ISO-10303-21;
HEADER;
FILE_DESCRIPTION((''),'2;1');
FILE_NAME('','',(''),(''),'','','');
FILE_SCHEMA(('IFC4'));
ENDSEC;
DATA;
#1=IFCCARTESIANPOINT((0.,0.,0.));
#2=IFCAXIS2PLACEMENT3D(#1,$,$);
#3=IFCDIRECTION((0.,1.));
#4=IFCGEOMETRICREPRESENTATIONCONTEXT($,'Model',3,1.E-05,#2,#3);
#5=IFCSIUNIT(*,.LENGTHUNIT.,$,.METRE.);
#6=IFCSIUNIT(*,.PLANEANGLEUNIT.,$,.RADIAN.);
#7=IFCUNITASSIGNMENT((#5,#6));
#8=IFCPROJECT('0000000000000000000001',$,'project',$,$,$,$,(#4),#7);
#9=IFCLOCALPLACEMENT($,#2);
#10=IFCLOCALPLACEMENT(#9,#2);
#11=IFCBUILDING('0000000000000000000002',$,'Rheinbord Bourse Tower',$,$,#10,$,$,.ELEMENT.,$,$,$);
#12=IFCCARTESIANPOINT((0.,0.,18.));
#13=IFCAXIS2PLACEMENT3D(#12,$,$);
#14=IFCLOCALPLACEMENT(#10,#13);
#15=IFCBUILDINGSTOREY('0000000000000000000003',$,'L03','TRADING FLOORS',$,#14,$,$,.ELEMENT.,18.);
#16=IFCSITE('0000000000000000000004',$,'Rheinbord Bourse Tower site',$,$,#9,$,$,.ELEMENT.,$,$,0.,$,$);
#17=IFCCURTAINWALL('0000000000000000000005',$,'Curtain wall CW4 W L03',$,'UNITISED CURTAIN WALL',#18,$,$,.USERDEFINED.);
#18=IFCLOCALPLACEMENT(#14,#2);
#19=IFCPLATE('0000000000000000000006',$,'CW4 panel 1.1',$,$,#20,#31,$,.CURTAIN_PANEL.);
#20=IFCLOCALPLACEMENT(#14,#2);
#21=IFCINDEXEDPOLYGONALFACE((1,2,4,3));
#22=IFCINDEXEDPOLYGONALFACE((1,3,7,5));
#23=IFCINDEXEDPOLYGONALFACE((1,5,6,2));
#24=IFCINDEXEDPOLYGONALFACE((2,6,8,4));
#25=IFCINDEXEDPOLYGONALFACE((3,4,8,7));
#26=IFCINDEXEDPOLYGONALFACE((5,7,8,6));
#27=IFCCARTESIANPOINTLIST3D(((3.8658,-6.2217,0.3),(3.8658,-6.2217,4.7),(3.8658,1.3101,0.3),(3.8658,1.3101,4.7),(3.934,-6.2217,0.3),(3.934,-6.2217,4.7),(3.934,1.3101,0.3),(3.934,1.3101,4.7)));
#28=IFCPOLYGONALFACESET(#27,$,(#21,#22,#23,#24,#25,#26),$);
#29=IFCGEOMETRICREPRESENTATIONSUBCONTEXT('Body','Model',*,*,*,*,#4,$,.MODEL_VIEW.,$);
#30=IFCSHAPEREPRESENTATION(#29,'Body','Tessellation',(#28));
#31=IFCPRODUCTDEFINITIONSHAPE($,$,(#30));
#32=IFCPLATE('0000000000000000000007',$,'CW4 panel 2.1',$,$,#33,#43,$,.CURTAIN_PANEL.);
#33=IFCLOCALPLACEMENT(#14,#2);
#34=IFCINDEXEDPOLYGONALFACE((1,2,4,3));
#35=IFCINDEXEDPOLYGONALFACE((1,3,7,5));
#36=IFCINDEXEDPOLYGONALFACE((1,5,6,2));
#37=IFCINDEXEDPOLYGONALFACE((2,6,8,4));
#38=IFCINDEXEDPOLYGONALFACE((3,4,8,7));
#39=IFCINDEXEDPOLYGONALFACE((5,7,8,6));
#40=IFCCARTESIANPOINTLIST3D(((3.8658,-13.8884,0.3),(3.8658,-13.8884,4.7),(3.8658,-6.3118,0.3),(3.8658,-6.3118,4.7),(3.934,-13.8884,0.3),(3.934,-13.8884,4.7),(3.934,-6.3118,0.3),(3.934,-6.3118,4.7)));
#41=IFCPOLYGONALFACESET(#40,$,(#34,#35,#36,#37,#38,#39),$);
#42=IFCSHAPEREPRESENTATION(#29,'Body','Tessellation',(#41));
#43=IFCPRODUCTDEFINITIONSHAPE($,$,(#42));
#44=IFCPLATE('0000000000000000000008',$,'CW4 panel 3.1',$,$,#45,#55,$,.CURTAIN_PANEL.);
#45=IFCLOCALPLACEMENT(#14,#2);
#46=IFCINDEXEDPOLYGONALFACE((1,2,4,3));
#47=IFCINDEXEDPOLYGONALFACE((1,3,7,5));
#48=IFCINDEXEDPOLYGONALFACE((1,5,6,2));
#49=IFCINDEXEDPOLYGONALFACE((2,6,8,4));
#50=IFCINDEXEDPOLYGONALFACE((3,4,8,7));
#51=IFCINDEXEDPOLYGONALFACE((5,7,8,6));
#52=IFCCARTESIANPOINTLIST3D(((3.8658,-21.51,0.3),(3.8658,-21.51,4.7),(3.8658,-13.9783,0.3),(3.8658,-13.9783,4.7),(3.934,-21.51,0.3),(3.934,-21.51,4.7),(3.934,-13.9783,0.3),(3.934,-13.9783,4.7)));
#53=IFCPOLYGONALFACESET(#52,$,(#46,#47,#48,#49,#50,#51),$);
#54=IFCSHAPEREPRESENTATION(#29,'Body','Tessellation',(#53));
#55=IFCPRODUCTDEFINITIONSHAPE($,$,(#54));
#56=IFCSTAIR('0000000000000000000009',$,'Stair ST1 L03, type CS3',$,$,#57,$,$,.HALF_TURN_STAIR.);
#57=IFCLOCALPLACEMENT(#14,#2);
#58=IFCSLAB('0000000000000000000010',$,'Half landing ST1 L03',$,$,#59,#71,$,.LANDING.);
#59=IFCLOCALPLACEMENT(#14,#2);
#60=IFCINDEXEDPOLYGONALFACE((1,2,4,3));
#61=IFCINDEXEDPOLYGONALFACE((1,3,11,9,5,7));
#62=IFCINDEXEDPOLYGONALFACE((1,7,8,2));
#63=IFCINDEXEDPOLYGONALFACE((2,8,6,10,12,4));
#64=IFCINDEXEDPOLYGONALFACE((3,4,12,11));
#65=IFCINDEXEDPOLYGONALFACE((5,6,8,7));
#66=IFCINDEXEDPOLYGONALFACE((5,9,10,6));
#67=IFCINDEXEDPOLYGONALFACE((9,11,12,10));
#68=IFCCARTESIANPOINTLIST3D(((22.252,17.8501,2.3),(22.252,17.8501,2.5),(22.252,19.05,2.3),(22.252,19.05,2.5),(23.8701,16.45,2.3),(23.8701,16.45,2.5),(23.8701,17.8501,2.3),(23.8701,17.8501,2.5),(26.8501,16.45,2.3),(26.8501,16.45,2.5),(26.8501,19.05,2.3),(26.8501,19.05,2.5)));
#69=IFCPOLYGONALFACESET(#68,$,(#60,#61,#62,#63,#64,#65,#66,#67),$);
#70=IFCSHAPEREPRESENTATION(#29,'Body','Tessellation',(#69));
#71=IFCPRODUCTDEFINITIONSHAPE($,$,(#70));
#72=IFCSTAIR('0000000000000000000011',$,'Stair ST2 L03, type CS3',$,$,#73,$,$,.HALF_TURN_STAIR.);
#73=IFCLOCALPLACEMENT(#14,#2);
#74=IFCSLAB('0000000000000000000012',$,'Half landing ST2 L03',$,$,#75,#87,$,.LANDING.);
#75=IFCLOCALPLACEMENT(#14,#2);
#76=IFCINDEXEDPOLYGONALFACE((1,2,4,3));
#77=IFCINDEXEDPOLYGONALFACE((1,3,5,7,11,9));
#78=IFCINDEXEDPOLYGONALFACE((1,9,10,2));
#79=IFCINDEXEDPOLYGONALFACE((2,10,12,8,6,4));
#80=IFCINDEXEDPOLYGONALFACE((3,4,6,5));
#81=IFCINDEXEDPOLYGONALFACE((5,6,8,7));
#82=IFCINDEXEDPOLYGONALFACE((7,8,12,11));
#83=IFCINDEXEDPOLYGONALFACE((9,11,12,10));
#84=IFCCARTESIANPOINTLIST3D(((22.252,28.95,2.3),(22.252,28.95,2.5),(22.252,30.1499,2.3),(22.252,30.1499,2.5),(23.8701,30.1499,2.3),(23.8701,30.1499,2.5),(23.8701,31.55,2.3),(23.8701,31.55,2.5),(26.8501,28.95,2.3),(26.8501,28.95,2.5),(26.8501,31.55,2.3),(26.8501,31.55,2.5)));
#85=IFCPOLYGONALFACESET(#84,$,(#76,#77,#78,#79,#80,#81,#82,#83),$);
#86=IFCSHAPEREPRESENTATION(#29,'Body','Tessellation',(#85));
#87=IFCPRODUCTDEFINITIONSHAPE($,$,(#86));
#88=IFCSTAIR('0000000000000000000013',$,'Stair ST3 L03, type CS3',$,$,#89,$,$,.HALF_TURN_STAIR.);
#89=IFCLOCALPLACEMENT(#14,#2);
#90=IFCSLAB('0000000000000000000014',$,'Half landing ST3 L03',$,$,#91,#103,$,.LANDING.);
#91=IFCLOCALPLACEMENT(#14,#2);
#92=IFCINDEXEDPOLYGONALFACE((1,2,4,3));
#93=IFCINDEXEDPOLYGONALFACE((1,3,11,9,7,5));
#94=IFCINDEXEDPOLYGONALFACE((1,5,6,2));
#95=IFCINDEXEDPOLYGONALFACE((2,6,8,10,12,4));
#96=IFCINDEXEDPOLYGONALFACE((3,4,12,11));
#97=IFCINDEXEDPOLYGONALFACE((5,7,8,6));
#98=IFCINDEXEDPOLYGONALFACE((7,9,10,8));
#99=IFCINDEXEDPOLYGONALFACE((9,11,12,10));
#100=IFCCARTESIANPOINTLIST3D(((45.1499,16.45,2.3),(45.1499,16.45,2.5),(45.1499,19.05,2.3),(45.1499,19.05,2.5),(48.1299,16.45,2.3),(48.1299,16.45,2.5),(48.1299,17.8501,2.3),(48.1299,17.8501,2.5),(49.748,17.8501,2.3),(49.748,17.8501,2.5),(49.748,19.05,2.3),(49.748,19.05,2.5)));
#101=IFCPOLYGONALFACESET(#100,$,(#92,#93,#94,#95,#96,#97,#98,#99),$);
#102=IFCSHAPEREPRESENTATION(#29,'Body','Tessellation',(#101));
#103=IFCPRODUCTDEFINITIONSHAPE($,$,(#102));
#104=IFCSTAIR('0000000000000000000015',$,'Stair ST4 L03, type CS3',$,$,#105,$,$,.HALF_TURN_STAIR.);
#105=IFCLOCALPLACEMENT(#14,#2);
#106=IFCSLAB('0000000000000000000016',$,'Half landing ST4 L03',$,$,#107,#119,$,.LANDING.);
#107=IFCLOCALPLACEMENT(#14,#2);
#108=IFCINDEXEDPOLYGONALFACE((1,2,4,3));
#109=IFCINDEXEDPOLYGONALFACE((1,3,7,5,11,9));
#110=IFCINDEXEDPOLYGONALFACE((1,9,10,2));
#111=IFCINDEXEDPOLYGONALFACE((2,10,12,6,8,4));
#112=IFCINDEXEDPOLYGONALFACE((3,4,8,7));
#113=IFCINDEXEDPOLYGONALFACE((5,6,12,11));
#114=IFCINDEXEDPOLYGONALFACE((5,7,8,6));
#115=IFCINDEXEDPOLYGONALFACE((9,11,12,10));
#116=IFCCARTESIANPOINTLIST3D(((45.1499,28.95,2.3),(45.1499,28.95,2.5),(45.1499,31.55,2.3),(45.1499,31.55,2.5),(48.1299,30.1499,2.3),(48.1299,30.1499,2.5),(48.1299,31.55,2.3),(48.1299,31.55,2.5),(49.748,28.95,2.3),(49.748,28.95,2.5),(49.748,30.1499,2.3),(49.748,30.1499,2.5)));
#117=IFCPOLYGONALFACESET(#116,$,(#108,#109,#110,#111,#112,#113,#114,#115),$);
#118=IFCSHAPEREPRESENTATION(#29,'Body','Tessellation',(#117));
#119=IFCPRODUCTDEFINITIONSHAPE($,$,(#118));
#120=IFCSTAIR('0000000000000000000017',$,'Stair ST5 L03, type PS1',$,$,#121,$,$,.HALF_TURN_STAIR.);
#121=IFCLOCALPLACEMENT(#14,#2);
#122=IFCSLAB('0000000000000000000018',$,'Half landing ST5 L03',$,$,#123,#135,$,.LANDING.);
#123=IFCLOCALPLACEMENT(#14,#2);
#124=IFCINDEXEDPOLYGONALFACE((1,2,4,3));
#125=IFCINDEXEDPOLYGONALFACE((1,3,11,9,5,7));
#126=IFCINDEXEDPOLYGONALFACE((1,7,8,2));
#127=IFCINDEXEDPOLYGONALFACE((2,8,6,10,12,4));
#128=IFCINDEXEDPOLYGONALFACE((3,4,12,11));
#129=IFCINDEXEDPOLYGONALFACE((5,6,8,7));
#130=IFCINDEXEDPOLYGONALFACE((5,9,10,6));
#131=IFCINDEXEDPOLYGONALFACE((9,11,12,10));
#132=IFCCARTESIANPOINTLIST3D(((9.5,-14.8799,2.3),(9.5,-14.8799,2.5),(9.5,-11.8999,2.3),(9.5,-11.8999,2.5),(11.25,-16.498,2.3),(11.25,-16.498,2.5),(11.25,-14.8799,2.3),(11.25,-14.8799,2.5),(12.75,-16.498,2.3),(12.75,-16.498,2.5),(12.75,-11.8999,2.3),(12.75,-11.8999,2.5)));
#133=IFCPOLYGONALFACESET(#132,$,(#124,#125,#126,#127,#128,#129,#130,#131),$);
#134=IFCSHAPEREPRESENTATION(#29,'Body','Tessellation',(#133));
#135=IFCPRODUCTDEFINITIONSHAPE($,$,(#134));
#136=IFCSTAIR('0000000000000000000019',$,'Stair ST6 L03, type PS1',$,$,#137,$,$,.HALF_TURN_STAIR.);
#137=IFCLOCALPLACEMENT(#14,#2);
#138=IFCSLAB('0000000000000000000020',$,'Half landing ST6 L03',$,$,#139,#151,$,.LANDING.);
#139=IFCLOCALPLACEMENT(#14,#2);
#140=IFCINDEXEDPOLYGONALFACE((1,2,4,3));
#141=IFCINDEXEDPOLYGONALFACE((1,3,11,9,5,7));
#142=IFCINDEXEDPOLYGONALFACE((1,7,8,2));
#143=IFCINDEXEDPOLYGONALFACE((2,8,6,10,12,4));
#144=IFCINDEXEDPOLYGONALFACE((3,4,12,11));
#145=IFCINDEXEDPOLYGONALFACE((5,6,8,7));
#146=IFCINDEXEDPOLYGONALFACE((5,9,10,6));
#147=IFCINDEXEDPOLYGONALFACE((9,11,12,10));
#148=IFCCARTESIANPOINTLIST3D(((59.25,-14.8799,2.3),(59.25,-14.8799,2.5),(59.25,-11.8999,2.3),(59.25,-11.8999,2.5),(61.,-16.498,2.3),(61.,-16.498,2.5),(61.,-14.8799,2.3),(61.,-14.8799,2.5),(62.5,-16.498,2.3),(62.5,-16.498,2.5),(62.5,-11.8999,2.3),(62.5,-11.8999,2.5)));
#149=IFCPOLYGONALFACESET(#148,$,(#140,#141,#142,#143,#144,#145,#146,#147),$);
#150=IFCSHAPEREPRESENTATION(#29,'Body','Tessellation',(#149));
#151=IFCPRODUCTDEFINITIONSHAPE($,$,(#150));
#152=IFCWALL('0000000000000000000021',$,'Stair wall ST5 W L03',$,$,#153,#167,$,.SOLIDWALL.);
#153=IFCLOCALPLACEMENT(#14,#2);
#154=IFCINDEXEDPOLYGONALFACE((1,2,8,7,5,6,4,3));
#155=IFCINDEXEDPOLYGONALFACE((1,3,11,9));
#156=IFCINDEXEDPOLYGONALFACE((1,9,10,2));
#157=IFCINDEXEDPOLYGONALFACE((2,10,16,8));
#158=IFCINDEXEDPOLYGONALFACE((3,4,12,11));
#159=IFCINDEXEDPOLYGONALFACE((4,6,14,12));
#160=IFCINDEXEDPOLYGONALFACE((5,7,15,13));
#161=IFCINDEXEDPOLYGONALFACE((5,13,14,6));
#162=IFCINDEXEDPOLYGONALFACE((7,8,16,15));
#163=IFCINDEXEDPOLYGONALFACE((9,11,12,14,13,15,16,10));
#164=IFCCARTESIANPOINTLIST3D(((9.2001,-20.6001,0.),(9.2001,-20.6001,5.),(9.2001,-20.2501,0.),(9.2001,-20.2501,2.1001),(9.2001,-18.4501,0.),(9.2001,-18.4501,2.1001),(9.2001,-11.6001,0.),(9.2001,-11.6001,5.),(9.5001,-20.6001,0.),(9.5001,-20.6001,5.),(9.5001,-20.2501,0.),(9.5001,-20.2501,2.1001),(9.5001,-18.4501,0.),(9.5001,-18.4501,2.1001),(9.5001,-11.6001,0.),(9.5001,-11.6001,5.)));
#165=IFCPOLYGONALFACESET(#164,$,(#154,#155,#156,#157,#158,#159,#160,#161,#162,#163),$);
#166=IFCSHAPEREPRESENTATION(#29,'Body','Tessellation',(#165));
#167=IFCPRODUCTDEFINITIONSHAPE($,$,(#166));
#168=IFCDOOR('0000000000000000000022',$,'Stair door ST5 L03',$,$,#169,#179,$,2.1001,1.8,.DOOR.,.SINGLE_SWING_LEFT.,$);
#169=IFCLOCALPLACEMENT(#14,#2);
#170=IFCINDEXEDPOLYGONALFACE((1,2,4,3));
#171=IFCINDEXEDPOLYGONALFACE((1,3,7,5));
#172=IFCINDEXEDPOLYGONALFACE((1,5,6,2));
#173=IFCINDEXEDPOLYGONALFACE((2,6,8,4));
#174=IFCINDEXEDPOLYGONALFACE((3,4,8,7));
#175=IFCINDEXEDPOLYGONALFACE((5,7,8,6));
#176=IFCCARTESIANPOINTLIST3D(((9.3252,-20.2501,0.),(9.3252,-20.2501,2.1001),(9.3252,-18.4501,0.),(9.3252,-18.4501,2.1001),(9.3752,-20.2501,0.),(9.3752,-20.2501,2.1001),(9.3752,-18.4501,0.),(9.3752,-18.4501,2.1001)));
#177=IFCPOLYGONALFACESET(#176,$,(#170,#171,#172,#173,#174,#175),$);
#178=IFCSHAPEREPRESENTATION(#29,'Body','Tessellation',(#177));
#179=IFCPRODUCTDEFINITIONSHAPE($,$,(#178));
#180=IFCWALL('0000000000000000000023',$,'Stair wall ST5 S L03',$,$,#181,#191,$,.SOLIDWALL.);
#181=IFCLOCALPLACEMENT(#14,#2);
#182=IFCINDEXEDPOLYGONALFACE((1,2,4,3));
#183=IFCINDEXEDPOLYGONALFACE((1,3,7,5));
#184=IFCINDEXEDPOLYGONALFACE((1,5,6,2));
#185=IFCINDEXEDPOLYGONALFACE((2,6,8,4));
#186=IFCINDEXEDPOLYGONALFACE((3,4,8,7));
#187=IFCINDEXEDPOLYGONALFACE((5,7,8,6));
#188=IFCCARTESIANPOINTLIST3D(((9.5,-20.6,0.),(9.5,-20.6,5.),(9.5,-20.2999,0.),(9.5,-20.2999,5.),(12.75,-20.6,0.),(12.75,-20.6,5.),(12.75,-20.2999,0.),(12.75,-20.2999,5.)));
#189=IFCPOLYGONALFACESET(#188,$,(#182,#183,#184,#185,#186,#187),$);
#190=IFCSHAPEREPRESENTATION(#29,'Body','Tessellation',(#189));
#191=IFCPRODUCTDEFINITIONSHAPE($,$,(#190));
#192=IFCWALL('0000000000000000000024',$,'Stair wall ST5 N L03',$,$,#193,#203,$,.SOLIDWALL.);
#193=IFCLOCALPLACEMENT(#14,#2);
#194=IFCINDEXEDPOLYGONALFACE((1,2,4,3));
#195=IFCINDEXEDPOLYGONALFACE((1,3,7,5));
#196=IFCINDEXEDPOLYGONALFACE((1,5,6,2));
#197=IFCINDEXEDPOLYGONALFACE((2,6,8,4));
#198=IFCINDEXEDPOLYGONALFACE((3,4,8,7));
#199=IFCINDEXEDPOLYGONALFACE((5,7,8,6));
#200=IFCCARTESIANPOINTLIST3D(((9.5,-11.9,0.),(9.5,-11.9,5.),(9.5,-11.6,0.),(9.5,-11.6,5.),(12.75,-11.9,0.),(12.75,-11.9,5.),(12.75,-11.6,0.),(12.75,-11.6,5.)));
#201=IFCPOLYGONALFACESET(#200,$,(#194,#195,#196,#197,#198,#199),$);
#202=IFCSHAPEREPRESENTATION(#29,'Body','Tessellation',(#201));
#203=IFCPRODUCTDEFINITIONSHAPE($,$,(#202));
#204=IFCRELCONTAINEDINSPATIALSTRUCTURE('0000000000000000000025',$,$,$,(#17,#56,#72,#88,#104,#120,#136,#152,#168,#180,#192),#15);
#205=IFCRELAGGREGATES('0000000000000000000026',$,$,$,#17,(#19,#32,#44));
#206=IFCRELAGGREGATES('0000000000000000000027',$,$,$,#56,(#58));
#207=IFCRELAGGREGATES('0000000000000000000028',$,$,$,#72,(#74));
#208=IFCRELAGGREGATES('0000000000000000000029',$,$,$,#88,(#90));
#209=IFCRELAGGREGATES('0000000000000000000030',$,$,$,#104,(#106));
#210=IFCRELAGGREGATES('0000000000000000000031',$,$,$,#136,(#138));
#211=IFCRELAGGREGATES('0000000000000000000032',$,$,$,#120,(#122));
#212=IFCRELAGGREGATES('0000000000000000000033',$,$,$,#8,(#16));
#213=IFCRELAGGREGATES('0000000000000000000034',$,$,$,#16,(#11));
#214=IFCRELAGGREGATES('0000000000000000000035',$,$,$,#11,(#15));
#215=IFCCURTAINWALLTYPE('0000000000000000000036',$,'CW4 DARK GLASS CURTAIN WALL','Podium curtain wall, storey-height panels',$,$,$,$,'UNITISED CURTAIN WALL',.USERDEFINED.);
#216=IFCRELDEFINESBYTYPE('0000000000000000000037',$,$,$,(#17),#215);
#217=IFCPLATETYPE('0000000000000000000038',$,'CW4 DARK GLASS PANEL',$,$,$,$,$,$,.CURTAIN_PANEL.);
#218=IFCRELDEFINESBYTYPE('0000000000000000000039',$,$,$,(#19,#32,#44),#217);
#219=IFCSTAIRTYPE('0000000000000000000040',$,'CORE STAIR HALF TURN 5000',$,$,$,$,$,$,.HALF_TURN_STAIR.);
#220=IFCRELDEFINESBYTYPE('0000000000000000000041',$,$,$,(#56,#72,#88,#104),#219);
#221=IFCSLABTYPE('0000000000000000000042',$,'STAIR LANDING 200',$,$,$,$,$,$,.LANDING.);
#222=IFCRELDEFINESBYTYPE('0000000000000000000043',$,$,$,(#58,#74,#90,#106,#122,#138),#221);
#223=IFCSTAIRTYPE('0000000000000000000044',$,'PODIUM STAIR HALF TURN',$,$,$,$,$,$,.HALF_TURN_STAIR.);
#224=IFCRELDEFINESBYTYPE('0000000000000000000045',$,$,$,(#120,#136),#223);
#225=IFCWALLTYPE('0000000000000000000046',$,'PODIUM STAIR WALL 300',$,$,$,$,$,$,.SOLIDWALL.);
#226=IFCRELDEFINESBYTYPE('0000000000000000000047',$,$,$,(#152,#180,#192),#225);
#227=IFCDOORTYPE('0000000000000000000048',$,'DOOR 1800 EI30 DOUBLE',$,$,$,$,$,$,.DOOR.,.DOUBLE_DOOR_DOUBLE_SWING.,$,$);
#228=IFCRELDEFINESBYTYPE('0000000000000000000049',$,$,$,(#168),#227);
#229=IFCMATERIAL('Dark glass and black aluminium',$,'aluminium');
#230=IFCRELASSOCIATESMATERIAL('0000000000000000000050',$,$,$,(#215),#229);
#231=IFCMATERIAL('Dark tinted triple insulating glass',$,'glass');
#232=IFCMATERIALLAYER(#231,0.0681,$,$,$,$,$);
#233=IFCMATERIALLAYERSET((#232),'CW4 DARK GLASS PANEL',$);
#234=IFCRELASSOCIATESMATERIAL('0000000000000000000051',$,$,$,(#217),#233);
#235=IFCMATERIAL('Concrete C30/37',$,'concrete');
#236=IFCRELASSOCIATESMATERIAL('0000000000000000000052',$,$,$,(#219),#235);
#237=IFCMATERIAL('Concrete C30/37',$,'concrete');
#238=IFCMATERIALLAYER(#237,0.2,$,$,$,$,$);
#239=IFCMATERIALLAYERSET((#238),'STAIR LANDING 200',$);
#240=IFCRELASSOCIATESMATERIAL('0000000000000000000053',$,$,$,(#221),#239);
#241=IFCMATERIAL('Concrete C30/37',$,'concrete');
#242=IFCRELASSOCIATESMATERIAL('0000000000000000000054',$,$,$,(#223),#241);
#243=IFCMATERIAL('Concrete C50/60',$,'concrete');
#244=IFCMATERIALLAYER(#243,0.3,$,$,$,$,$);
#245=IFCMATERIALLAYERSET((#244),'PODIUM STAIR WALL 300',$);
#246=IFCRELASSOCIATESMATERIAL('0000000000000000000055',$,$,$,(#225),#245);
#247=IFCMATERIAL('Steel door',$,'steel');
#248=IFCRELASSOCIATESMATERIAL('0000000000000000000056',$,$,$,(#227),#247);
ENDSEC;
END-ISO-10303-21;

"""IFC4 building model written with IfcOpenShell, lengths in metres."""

from ifc_helpers import new_model, si_unit, direction, frame, frame_2d, origin, origin_2d, place, context, subcontext, project, spatial, polyline, rectangle, outline, extrude, material, layer, layer_set, type_object, element, fill, aggregate, save


model = new_model("IFC4")

# Units and contexts
model_context = context("Model", 3, precision=1e-05, world=origin(), true_north=direction((0.0, 1.0)))
body_context = subcontext(model_context, "Body", "Model", "MODEL_VIEW")
ifc_project = project(units=[si_unit("LENGTHUNIT", "METRE"), si_unit("PLANEANGLEUNIT", "RADIAN")], contexts=[model_context])

# Site, building, storey
site_placement = place(None, origin())
site = spatial("IfcSite", under=ifc_project, at=site_placement, Name="Rheinbord Bourse Tower site", CompositionType="ELEMENT", RefElevation=0.0)
building_placement = place(site_placement, origin())
building = spatial("IfcBuilding", under=site, at=building_placement, Name="Rheinbord Bourse Tower", CompositionType="ELEMENT")
storey_placement = place(building_placement, frame((0.0, 0.0, 18.0)))
storey = spatial("IfcBuildingStorey", under=building, at=storey_placement, Name="L03", Description="TRADING FLOORS", CompositionType="ELEMENT", Elevation=18.0)

# Shared definitions
ifc_material_1 = material(Name="Dark glass and black aluminium", Category="aluminium")
curtain_wall_type = type_object("IfcCurtainWallType", Name="CW4 DARK GLASS CURTAIN WALL", Description="Podium curtain wall, storey-height panels", ElementType="UNITISED CURTAIN WALL", PredefinedType="USERDEFINED", material=ifc_material_1)

# Curtain wall
curtain_wall_1_placement = place(storey_placement, origin())
curtain_wall_1 = element("IfcCurtainWall", 1, at=curtain_wall_1_placement, inside=storey, type_object=curtain_wall_type, Name="Curtain wall CW4 W L03", ObjectType="UNITISED CURTAIN WALL", PredefinedType="USERDEFINED")

# Plates
ifc_material_2 = material(Name="Dark tinted triple insulating glass", Category="glass")
ifc_layer_1 = layer(ifc_material_2, 0.0681)
ifc_layer_set_1 = layer_set([ifc_layer_1], Name="CW4 DARK GLASS PANEL")
plate_type = type_object("IfcPlateType", Name="CW4 DARK GLASS PANEL", PredefinedType="CURTAIN_PANEL", material=ifc_layer_set_1)
plate_1_placement = place(storey_placement, frame((3.8999, -2.4558, 0.3), z_axis=(0.0, 0.0, 1.0), x_axis=(0.0, -1.0, 0.0)))
plate_1 = element("IfcPlate", 2, at=plate_1_placement, type_object=plate_type, Name="CW4 panel 1.1", PredefinedType="CURTAIN_PANEL", context=body_context, shape_type="SweptSolid", body=[
    extrude(rectangle(XDim=7.5317, YDim=0.0681, at=origin_2d()), origin(), (0.0, 0.0, 1.0), 4.3999),
])
plate_2_placement = place(storey_placement, frame((3.8999, -10.1001, 0.3), z_axis=(0.0, 0.0, 1.0), x_axis=(0.0, -1.0, 0.0)))
plate_2 = element("IfcPlate", 3, at=plate_2_placement, type_object=plate_type, Name="CW4 panel 2.1", PredefinedType="CURTAIN_PANEL", context=body_context, shape_type="SweptSolid", body=[
    extrude(rectangle(XDim=7.5767, YDim=0.0681, at=origin_2d()), origin(), (0.0, 0.0, 1.0), 4.3999),
])
plate_3_placement = place(storey_placement, frame((3.8999, -17.7441, 0.3), z_axis=(0.0, 0.0, 1.0), x_axis=(0.0, -1.0, 0.0)))
plate_3 = element("IfcPlate", 4, at=plate_3_placement, type_object=plate_type, Name="CW4 panel 3.1", PredefinedType="CURTAIN_PANEL", context=body_context, shape_type="SweptSolid", body=[
    extrude(rectangle(XDim=7.5317, YDim=0.0681, at=origin_2d()), origin(), (0.0, 0.0, 1.0), 4.3999),
])
aggregate(curtain_wall_1, [plate_1, plate_2, plate_3])

# Stairs, slabs
ifc_material_3 = material(Name="Concrete C30/37", Category="concrete")
stair_type_1 = type_object("IfcStairType", Name="CORE STAIR HALF TURN 5000", PredefinedType="HALF_TURN_STAIR", material=ifc_material_3)
stair_1_placement = place(storey_placement, origin())
stair_1 = element("IfcStair", 5, at=stair_1_placement, inside=storey, type_object=stair_type_1, Name="Stair ST1 L03, type CS3", PredefinedType="HALF_TURN_STAIR")
ifc_material_4 = material(Name="Concrete C30/37", Category="concrete")
ifc_layer_2 = layer(ifc_material_4, 0.2)
ifc_layer_set_2 = layer_set([ifc_layer_2], Name="STAIR LANDING 200")
slab_type_1 = type_object("IfcSlabType", Name="STAIR LANDING 200", PredefinedType="LANDING", material=ifc_layer_set_2)
slab_1_placement = place(storey_placement, frame((0.0, 0.0, 2.3)))
slab_1 = element("IfcSlab", 6, at=slab_1_placement, type_object=slab_type_1, Name="Half landing ST1 L03", PredefinedType="LANDING", context=body_context, shape_type="SweptSolid", body=[
    extrude(outline(polyline([(23.8701, 16.45), (26.8501, 16.45), (26.8501, 19.05), (22.252, 19.05), (22.252, 17.8501), (23.8701, 17.8501), (23.8701, 16.45)])), origin(), (0.0, 0.0, 1.0), 0.2),
])
aggregate(stair_1, [slab_1])
stair_2_placement = place(storey_placement, origin())
stair_2 = element("IfcStair", 7, at=stair_2_placement, inside=storey, type_object=stair_type_1, Name="Stair ST2 L03, type CS3", PredefinedType="HALF_TURN_STAIR")
slab_2_placement = place(storey_placement, frame((0.0, 0.0, 2.3)))
slab_2 = element("IfcSlab", 8, at=slab_2_placement, type_object=slab_type_1, Name="Half landing ST2 L03", PredefinedType="LANDING", context=body_context, shape_type="SweptSolid", body=[
    extrude(outline(polyline([(22.252, 28.95), (26.8501, 28.95), (26.8501, 31.55), (23.8701, 31.55), (23.8701, 30.1499), (22.252, 30.1499), (22.252, 28.95)])), origin(), (0.0, 0.0, 1.0), 0.2),
])
aggregate(stair_2, [slab_2])
stair_3_placement = place(storey_placement, origin())
stair_3 = element("IfcStair", 9, at=stair_3_placement, inside=storey, type_object=stair_type_1, Name="Stair ST3 L03, type CS3", PredefinedType="HALF_TURN_STAIR")
slab_3_placement = place(storey_placement, frame((0.0, 0.0, 2.3)))
slab_3 = element("IfcSlab", 10, at=slab_3_placement, type_object=slab_type_1, Name="Half landing ST3 L03", PredefinedType="LANDING", context=body_context, shape_type="SweptSolid", body=[
    extrude(outline(polyline([(45.1499, 16.45), (48.1299, 16.45), (48.1299, 17.8501), (49.748, 17.8501), (49.748, 19.05), (45.1499, 19.05), (45.1499, 16.45)])), origin(), (0.0, 0.0, 1.0), 0.2),
])
aggregate(stair_3, [slab_3])
stair_4_placement = place(storey_placement, origin())
stair_4 = element("IfcStair", 11, at=stair_4_placement, inside=storey, type_object=stair_type_1, Name="Stair ST4 L03, type CS3", PredefinedType="HALF_TURN_STAIR")
slab_4_placement = place(storey_placement, frame((0.0, 0.0, 2.3)))
slab_4 = element("IfcSlab", 12, at=slab_4_placement, type_object=slab_type_1, Name="Half landing ST4 L03", PredefinedType="LANDING", context=body_context, shape_type="SweptSolid", body=[
    extrude(outline(polyline([(45.1499, 28.95), (49.748, 28.95), (49.748, 30.1499), (48.1299, 30.1499), (48.1299, 31.55), (45.1499, 31.55), (45.1499, 28.95)])), origin(), (0.0, 0.0, 1.0), 0.2),
])
aggregate(stair_4, [slab_4])
ifc_material_5 = material(Name="Concrete C30/37", Category="concrete")
stair_type_2 = type_object("IfcStairType", Name="PODIUM STAIR HALF TURN", PredefinedType="HALF_TURN_STAIR", material=ifc_material_5)
stair_5_placement = place(storey_placement, origin())
stair_5 = element("IfcStair", 13, at=stair_5_placement, inside=storey, type_object=stair_type_2, Name="Stair ST5 L03, type PS1", PredefinedType="HALF_TURN_STAIR")
slab_5_placement = place(storey_placement, frame((0.0, 0.0, 2.3)))
slab_5 = element("IfcSlab", 14, at=slab_5_placement, type_object=slab_type_1, Name="Half landing ST5 L03", PredefinedType="LANDING", context=body_context, shape_type="SweptSolid", body=[
    extrude(outline(polyline([(9.5, -14.8799), (11.25, -14.8799), (11.25, -16.498), (12.75, -16.498), (12.75, -11.8999), (9.5, -11.8999), (9.5, -14.8799)])), origin(), (0.0, 0.0, 1.0), 0.2),
])
stair_6_placement = place(storey_placement, origin())
stair_6 = element("IfcStair", 15, at=stair_6_placement, inside=storey, type_object=stair_type_2, Name="Stair ST6 L03, type PS1", PredefinedType="HALF_TURN_STAIR")
slab_6_placement = place(storey_placement, frame((0.0, 0.0, 2.3)))
slab_6 = element("IfcSlab", 16, at=slab_6_placement, type_object=slab_type_1, Name="Half landing ST6 L03", PredefinedType="LANDING", context=body_context, shape_type="SweptSolid", body=[
    extrude(outline(polyline([(59.25, -14.8799), (61.0, -14.8799), (61.0, -16.498), (62.5, -16.498), (62.5, -11.8999), (59.25, -11.8999), (59.25, -14.8799)])), origin(), (0.0, 0.0, 1.0), 0.2),
])
aggregate(stair_6, [slab_6])

# Wall, opening, door
ifc_material_6 = material(Name="Concrete C50/60", Category="concrete")
ifc_layer_3 = layer(ifc_material_6, 0.3)
ifc_layer_set_3 = layer_set([ifc_layer_3], Name="PODIUM STAIR WALL 300")
wall_type = type_object("IfcWallType", Name="PODIUM STAIR WALL 300", PredefinedType="SOLIDWALL", material=ifc_layer_set_3)
wall_placement = place(storey_placement, frame((9.3501, -20.6001, 0.0), z_axis=(0.0, 0.0, 1.0), x_axis=(0.0, 1.0, 0.0)))
wall = element("IfcWall", 17, at=wall_placement, inside=storey, type_object=wall_type, Name="Stair wall ST5 W L03", PredefinedType="SOLIDWALL", context=body_context, shape_type="SweptSolid", body=[
    extrude(rectangle(XDim=9.0, YDim=0.3, at=frame_2d((4.5, 0.0))), origin(), (0.0, 0.0, 1.0), 5.0),
])
opening_placement = place(wall_placement, frame((0.3501, 0.0, 0.0)))
opening = element("IfcOpeningElement", 18, at=opening_placement, cuts=wall, PredefinedType="OPENING", context=body_context, shape_type="SweptSolid", body=[
    extrude(rectangle(XDim=1.8, YDim=2.1001, at=frame_2d((0.8999, 1.05))), frame((0.0, 0.1599, 0.0), z_axis=(0.0, -1.0, 0.0), x_axis=(1.0, 0.0, 0.0)), (0.0, 0.0, 1.0), 0.3201),
])
ifc_material_7 = material(Name="Steel door", Category="steel")
door_type = type_object("IfcDoorType", Name="DOOR 1800 EI30 DOUBLE", OperationType="DOUBLE_DOOR_DOUBLE_SWING", PredefinedType="DOOR", material=ifc_material_7)
door_placement = place(opening_placement, origin())
door = element("IfcDoor", 19, at=door_placement, inside=storey, type_object=door_type, Name="Stair door ST5 L03", OperationType="SINGLE_SWING_LEFT", OverallHeight=2.1001, OverallWidth=1.8, PredefinedType="DOOR", context=body_context, shape_type="SweptSolid", body=[
    extrude(rectangle(XDim=1.8, YDim=2.1001, at=frame_2d((0.8999, 1.05))), frame((0.0, 0.0249, 0.0), z_axis=(0.0, -1.0, 0.0), x_axis=(1.0, 0.0, 0.0)), (0.0, 0.0, 1.0), 0.05),
])
fill(opening, door)

# Walls
for number, where, z_axis, x_axis, name in (
    (20, (9.5, -20.45, 0.0), (0.0, 0.0, 1.0), (1.0, 0.0, 0.0), "Stair wall ST5 S L03"),
    (21, (9.5, -11.75, 0.0), (0.0, 0.0, 1.0), (1.0, 0.0, 0.0), "Stair wall ST5 N L03"),
):
    element("IfcWall", number, at=place(storey_placement, frame(where, z_axis=z_axis, x_axis=x_axis)), inside=storey, type_object=wall_type, Name=name, PredefinedType="SOLIDWALL", context=body_context, shape_type="SweptSolid", body=[
        extrude(rectangle(XDim=3.25, YDim=0.3, at=frame_2d((1.625, 0.0))), origin(), (0.0, 0.0, 1.0), 5.0),
    ])

aggregate(stair_5, [slab_5])

save(model, "model.ifc")
